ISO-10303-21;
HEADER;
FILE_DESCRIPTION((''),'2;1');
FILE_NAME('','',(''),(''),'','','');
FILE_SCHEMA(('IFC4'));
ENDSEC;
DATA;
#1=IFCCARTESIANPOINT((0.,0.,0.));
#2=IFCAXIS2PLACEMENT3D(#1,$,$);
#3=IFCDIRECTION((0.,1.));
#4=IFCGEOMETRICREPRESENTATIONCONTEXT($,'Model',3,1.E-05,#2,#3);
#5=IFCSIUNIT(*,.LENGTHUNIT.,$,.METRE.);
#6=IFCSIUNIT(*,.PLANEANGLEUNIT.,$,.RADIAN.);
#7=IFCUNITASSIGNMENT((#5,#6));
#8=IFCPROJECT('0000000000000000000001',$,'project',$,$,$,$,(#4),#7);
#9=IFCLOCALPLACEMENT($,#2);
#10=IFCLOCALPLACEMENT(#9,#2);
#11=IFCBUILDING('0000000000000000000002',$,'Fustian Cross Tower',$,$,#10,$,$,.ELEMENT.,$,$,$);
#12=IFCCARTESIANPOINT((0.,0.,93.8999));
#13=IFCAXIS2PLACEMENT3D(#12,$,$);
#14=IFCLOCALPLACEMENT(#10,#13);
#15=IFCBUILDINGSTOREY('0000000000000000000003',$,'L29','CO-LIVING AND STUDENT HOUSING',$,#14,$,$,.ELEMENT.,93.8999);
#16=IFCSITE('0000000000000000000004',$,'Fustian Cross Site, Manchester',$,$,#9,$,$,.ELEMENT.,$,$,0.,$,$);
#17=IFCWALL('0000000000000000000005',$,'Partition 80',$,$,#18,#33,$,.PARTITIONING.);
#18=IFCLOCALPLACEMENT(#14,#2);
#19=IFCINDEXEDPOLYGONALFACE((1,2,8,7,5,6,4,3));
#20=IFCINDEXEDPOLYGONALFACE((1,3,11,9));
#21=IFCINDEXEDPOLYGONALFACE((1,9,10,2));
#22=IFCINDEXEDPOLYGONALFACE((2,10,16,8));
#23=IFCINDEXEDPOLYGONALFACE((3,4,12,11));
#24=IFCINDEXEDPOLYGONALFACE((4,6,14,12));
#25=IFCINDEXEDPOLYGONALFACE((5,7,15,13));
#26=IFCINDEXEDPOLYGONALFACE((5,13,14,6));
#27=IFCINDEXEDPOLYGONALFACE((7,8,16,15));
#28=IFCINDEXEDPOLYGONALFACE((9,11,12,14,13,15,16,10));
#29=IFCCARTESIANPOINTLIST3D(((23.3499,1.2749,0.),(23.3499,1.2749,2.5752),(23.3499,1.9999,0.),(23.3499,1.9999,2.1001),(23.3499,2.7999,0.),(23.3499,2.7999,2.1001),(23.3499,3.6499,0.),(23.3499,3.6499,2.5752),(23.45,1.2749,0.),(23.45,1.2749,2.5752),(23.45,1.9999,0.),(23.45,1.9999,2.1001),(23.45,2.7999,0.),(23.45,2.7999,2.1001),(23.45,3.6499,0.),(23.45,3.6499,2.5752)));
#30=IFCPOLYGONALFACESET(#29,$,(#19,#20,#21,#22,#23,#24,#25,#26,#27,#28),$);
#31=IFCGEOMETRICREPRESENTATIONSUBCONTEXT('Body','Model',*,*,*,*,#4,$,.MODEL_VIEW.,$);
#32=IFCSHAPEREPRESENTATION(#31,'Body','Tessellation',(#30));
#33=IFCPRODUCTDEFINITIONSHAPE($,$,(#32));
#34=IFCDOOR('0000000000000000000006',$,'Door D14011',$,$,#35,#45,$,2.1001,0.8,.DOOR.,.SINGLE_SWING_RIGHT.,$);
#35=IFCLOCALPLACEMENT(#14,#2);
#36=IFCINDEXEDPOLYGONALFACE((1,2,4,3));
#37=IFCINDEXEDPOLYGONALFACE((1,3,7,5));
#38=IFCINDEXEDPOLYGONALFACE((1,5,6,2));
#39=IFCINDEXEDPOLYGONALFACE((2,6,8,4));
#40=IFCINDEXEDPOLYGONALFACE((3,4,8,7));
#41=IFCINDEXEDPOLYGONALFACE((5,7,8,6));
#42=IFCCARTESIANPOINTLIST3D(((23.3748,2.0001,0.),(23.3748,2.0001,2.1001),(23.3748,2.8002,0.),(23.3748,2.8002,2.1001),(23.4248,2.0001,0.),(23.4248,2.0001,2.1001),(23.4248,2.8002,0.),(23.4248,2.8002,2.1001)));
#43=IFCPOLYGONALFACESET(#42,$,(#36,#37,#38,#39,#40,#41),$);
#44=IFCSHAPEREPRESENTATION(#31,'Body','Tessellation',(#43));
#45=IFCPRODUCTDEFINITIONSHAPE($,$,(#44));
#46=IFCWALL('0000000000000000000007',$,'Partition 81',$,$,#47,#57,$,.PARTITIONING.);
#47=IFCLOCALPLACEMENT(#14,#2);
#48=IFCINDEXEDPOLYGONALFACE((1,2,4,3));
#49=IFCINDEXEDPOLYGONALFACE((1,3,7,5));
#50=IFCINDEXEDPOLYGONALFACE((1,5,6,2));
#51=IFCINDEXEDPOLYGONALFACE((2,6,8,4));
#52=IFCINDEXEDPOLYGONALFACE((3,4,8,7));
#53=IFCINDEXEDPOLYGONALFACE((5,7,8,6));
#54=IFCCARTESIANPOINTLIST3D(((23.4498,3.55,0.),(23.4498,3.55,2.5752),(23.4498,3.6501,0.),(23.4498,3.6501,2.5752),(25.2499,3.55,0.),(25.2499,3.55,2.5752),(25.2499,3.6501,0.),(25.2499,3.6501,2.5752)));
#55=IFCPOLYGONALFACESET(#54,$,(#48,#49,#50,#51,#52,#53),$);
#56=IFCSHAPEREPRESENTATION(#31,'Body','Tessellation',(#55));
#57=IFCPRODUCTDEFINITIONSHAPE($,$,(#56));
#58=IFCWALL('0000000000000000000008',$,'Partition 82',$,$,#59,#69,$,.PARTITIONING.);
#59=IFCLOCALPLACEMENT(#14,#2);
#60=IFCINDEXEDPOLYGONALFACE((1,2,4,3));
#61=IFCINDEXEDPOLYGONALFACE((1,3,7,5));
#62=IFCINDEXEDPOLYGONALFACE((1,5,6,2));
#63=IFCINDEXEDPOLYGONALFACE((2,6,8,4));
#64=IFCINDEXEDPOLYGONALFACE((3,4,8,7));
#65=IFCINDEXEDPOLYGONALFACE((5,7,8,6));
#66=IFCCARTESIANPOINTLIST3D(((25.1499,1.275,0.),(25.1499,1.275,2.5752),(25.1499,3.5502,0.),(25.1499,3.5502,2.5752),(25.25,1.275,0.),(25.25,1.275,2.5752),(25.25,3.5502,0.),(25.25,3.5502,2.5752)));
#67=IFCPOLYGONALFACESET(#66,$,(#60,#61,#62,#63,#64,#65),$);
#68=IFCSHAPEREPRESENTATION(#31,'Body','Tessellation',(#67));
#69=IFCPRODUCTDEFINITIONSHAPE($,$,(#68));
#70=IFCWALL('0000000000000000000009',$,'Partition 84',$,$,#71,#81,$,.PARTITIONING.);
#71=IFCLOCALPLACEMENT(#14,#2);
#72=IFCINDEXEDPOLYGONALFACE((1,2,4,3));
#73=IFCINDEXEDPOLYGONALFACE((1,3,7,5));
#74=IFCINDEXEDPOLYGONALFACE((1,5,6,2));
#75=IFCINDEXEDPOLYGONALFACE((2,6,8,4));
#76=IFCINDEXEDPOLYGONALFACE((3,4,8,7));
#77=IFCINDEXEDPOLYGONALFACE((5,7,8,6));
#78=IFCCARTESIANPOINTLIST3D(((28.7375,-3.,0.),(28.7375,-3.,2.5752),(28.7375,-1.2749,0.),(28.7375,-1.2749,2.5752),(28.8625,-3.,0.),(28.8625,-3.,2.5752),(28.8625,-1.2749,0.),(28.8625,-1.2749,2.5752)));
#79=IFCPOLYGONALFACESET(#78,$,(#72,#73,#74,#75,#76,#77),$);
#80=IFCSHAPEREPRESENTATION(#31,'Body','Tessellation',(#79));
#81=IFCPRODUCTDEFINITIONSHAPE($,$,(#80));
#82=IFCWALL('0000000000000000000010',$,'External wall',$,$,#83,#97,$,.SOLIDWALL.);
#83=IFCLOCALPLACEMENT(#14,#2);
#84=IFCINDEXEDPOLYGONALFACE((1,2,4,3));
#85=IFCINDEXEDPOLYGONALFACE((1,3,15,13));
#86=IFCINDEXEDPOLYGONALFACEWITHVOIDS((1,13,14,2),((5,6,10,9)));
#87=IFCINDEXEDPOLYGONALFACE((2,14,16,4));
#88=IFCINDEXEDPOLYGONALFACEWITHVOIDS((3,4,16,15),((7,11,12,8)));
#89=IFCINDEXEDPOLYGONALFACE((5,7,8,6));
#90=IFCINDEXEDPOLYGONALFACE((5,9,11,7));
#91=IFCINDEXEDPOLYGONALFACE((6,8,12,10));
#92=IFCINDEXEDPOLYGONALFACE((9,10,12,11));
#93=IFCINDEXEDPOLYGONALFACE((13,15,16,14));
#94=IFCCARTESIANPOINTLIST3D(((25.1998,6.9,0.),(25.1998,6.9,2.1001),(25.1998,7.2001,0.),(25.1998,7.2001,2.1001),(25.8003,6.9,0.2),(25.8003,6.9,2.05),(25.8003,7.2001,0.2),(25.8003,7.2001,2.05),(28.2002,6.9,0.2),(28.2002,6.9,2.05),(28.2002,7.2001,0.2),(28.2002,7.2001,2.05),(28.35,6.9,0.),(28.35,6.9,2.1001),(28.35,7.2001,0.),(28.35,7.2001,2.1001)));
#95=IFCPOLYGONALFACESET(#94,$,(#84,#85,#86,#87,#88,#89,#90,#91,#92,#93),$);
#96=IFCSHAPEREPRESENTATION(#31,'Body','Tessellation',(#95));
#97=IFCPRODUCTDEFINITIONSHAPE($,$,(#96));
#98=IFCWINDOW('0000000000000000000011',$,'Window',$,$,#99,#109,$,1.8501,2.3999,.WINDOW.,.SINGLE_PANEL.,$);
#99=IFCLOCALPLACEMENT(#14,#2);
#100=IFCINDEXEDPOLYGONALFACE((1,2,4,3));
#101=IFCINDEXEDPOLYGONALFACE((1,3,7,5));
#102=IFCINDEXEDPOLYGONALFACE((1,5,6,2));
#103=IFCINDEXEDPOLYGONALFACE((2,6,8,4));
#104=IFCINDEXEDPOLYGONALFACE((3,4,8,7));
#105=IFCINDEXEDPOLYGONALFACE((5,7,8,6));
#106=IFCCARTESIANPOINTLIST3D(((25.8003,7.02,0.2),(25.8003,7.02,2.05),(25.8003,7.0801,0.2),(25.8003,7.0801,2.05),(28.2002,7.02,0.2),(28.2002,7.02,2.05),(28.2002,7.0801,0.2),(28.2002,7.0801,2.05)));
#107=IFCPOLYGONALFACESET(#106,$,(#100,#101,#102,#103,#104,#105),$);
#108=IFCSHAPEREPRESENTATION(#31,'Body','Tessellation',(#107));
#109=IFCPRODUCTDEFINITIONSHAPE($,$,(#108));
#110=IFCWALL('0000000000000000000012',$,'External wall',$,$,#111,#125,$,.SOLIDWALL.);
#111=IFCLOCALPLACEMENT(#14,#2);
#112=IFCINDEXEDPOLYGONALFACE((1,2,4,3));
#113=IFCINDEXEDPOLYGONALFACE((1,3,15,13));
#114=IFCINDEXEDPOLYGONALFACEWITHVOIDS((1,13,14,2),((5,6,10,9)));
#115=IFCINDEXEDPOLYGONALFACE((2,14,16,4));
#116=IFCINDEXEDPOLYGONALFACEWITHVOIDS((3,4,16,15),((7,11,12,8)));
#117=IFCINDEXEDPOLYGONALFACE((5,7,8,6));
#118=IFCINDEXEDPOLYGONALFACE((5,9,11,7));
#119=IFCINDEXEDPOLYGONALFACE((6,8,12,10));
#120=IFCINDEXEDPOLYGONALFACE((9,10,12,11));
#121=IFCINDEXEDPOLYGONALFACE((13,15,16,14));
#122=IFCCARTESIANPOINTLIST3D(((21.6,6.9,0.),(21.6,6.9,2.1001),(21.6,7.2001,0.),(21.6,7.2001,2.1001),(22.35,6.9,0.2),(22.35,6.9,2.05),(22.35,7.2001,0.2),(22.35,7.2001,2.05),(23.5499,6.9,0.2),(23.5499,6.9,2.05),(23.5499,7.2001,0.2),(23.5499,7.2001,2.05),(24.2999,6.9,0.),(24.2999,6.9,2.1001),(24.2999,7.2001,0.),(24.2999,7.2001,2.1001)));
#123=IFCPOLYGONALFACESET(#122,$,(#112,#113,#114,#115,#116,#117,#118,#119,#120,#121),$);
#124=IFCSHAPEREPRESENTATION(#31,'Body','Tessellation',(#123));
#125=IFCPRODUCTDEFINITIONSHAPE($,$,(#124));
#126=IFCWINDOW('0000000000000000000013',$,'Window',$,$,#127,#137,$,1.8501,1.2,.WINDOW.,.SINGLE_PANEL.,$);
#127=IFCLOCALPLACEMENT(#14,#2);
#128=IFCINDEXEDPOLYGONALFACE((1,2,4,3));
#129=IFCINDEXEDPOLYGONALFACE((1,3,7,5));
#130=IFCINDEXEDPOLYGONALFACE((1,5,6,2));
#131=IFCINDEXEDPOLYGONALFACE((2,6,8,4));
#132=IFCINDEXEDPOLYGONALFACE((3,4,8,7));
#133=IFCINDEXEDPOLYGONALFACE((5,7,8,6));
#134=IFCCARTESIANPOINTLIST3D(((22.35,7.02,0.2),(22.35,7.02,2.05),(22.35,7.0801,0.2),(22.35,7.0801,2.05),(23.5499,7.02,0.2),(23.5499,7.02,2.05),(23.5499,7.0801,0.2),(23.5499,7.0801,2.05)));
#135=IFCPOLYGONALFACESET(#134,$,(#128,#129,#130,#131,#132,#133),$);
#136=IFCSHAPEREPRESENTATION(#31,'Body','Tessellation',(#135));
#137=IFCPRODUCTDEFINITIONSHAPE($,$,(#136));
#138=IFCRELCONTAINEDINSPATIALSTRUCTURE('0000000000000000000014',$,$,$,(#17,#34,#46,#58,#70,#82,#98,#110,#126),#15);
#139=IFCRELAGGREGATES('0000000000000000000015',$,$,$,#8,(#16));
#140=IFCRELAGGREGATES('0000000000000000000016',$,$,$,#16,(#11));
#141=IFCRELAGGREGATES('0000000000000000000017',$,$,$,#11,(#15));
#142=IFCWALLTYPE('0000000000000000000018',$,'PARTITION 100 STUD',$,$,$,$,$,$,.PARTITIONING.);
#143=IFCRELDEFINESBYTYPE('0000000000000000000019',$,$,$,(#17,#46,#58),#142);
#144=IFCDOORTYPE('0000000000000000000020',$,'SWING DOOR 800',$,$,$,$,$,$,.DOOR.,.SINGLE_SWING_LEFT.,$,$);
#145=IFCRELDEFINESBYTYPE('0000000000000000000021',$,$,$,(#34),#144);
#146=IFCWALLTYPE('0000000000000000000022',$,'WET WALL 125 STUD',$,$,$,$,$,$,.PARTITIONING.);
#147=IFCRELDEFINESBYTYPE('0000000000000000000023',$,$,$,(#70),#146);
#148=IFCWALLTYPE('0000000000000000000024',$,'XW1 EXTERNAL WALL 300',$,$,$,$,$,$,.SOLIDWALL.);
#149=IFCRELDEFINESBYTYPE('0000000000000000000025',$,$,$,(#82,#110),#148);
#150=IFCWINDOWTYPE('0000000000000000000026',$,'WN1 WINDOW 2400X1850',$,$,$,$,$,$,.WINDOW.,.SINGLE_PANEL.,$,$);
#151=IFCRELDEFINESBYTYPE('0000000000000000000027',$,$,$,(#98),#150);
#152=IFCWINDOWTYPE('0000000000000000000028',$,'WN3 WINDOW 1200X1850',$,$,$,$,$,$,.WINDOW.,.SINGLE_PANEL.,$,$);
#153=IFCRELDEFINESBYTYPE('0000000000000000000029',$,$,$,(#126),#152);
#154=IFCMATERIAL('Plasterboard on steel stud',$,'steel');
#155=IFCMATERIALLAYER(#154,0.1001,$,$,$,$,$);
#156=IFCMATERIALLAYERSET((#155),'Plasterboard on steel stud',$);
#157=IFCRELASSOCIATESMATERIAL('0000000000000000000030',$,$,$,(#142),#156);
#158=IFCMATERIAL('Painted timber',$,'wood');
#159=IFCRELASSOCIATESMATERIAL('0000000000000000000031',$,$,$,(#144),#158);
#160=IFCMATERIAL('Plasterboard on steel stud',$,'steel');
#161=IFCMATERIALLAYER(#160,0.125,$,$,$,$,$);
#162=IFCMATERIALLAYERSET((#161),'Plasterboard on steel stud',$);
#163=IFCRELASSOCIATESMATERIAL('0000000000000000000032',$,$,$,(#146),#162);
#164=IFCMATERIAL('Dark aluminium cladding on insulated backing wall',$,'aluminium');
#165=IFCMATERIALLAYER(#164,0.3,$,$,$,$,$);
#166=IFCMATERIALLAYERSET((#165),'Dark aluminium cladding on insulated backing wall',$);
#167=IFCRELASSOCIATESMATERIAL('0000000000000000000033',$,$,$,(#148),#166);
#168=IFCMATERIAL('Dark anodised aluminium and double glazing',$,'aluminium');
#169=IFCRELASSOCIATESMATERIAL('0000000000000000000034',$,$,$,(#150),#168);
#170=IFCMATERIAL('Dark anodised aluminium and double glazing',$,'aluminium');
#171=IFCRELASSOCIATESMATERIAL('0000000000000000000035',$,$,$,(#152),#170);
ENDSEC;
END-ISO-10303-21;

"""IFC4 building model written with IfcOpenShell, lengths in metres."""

from ifc_helpers import new_model, si_unit, direction, frame, frame_2d, origin, place, context, subcontext, project, spatial, rectangle, extrude, material, layer, layer_set, type_object, element, fill, save


model = new_model("IFC4")

# Units and contexts
model_context = context("Model", 3, precision=1e-05, world=origin(), true_north=direction((0.0, 1.0)))
body_context = subcontext(model_context, "Body", "Model", "MODEL_VIEW")
ifc_project = project(units=[si_unit("LENGTHUNIT", "METRE"), si_unit("PLANEANGLEUNIT", "RADIAN")], contexts=[model_context])

# Site, building, storey
site_placement = place(None, origin())
site = spatial("IfcSite", under=ifc_project, at=site_placement, Name="Fustian Cross Site, Manchester", CompositionType="ELEMENT", RefElevation=0.0)
building_placement = place(site_placement, origin())
building = spatial("IfcBuilding", under=site, at=building_placement, Name="Fustian Cross Tower", CompositionType="ELEMENT")
storey_placement = place(building_placement, frame((0.0, 0.0, 93.8999)))
storey = spatial("IfcBuildingStorey", under=building, at=storey_placement, Name="L29", Description="CO-LIVING AND STUDENT HOUSING", CompositionType="ELEMENT", Elevation=93.8999)

# Wall, opening, door
ifc_material_1 = material(Name="Plasterboard on steel stud", Category="steel")
ifc_layer_1 = layer(ifc_material_1, 0.1001)
ifc_layer_set_1 = layer_set([ifc_layer_1], Name="Plasterboard on steel stud")
wall_type_1 = type_object("IfcWallType", Name="PARTITION 100 STUD", PredefinedType="PARTITIONING", material=ifc_layer_set_1)
wall_1_placement = place(storey_placement, frame((23.3999, 1.2749, 0.0), z_axis=(0.0, 0.0, 1.0), x_axis=(0.0, 1.0, 0.0)))
wall_1 = element("IfcWall", 1, at=wall_1_placement, inside=storey, type_object=wall_type_1, Name="Partition 80", PredefinedType="PARTITIONING", context=body_context, shape_type="SweptSolid", body=[
    extrude(rectangle(XDim=2.375, YDim=0.1001, at=frame_2d((1.1875, 0.0))), origin(), (0.0, 0.0, 1.0), 2.5752),
])
opening_1_placement = place(wall_1_placement, frame((0.7251, 0.0, 0.0)))
opening_1 = element("IfcOpeningElement", 2, at=opening_1_placement, cuts=wall_1, PredefinedType="OPENING", context=body_context, shape_type="SweptSolid", body=[
    extrude(rectangle(XDim=0.8, YDim=2.1001, at=frame_2d((0.3999, 1.05))), frame((0.0, 0.0601, 0.0), z_axis=(0.0, -1.0, 0.0), x_axis=(1.0, 0.0, 0.0)), (0.0, 0.0, 1.0), 0.1201),
])
ifc_material_2 = material(Name="Painted timber", Category="wood")
door_type_1 = type_object("IfcDoorType", Name="SWING DOOR 800", OperationType="SINGLE_SWING_LEFT", PredefinedType="DOOR", material=ifc_material_2)
door_1_placement = place(opening_1_placement, frame((0.8, 0.0, 0.0), z_axis=(0.0, 0.0, 1.0), x_axis=(-1.0, 0.0, 0.0)))
door_1 = element("IfcDoor", 3, at=door_1_placement, inside=storey, type_object=door_type_1, Name="Door D14011", OperationType="SINGLE_SWING_RIGHT", OverallHeight=2.1001, OverallWidth=0.8, PredefinedType="DOOR", context=body_context, shape_type="SweptSolid", body=[
    extrude(rectangle(XDim=0.8, YDim=2.1001, at=frame_2d((0.3999, 1.05))), frame((0.0, 0.0249, 0.0), z_axis=(0.0, -1.0, 0.0), x_axis=(1.0, 0.0, 0.0)), (0.0, 0.0, 1.0), 0.05),
])
fill(opening_1, door_1)

# Walls
wall_2_placement = place(storey_placement, frame((23.45, 3.6001, 0.0), z_axis=(0.0, 0.0, 1.0), x_axis=(1.0, 0.0, 0.0)))
element("IfcWall", 4, at=wall_2_placement, inside=storey, type_object=wall_type_1, Name="Partition 81", PredefinedType="PARTITIONING", context=body_context, shape_type="SweptSolid", body=[
    extrude(rectangle(XDim=1.8, YDim=0.1001, at=frame_2d((0.8999, 0.0))), origin(), (0.0, 0.0, 1.0), 2.5752),
])
wall_3_placement = place(storey_placement, frame((25.2, 1.2749, 0.0), z_axis=(0.0, 0.0, 1.0), x_axis=(0.0, 1.0, 0.0)))
element("IfcWall", 5, at=wall_3_placement, inside=storey, type_object=wall_type_1, Name="Partition 82", PredefinedType="PARTITIONING", context=body_context, shape_type="SweptSolid", body=[
    extrude(rectangle(XDim=2.2751, YDim=0.1001, at=frame_2d((1.1377, 0.0))), origin(), (0.0, 0.0, 1.0), 2.5752),
])
ifc_material_3 = material(Name="Plasterboard on steel stud", Category="steel")
ifc_layer_2 = layer(ifc_material_3, 0.125)
ifc_layer_set_2 = layer_set([ifc_layer_2], Name="Plasterboard on steel stud")
wall_type_2 = type_object("IfcWallType", Name="WET WALL 125 STUD", PredefinedType="PARTITIONING", material=ifc_layer_set_2)
wall_4_placement = place(storey_placement, frame((28.8, -3.0, 0.0), z_axis=(0.0, 0.0, 1.0), x_axis=(0.0, 1.0, 0.0)))
element("IfcWall", 6, at=wall_4_placement, inside=storey, type_object=wall_type_2, Name="Partition 84", PredefinedType="PARTITIONING", context=body_context, shape_type="SweptSolid", body=[
    extrude(rectangle(XDim=1.7251, YDim=0.125, at=frame_2d((0.8625, 0.0))), origin(), (0.0, 0.0, 1.0), 2.5752),
])

# Walls, openings, windows
ifc_material_4 = material(Name="Dark aluminium cladding on insulated backing wall", Category="aluminium")
ifc_layer_3 = layer(ifc_material_4, 0.3)
ifc_layer_set_3 = layer_set([ifc_layer_3], Name="Dark aluminium cladding on insulated backing wall")
wall_type_3 = type_object("IfcWallType", Name="XW1 EXTERNAL WALL 300", PredefinedType="SOLIDWALL", material=ifc_layer_set_3)
wall_5_placement = place(storey_placement, frame((28.3501, 7.05, 0.0), z_axis=(0.0, 0.0, 1.0), x_axis=(-1.0, 0.0, 0.0)))
wall_5 = element("IfcWall", 7, at=wall_5_placement, inside=storey, type_object=wall_type_3, Name="External wall", PredefinedType="SOLIDWALL", context=body_context, shape_type="SweptSolid", body=[
    extrude(rectangle(XDim=3.1501, YDim=0.3, at=frame_2d((1.5752, 0.0))), origin(), (0.0, 0.0, 1.0), 2.1001),
])
opening_2_placement = place(wall_5_placement, frame((0.1499, 0.0, 0.2)))
opening_2 = element("IfcOpeningElement", 8, at=opening_2_placement, cuts=wall_5, PredefinedType="OPENING", context=body_context, shape_type="SweptSolid", body=[
    extrude(rectangle(XDim=2.3999, YDim=1.8501, at=frame_2d((1.2, 0.925))), frame((0.0, 0.1599, 0.0), z_axis=(0.0, -1.0, 0.0), x_axis=(1.0, 0.0, 0.0)), (0.0, 0.0, 1.0), 0.3201),
])
ifc_material_5 = material(Name="Dark anodised aluminium and double glazing", Category="aluminium")
window_type_1 = type_object("IfcWindowType", Name="WN1 WINDOW 2400X1850", PartitioningType="SINGLE_PANEL", PredefinedType="WINDOW", material=ifc_material_5)
window_1_placement = place(opening_2_placement, origin())
window_1 = element("IfcWindow", 9, at=window_1_placement, inside=storey, type_object=window_type_1, Name="Window", OverallHeight=1.8501, OverallWidth=2.3999, PartitioningType="SINGLE_PANEL", PredefinedType="WINDOW", context=body_context, shape_type="SweptSolid", body=[
    extrude(rectangle(XDim=2.3999, YDim=1.8501, at=frame_2d((1.2, 0.925))), frame((0.0, 0.03, 0.0), z_axis=(0.0, -1.0, 0.0), x_axis=(1.0, 0.0, 0.0)), (0.0, 0.0, 1.0), 0.0601),
])
fill(opening_2, window_1)
wall_6_placement = place(storey_placement, frame((24.3, 7.05, 0.0), z_axis=(0.0, 0.0, 1.0), x_axis=(-1.0, 0.0, 0.0)))
wall_6 = element("IfcWall", 10, at=wall_6_placement, inside=storey, type_object=wall_type_3, Name="External wall", PredefinedType="SOLIDWALL", context=body_context, shape_type="SweptSolid", body=[
    extrude(rectangle(XDim=2.7, YDim=0.3, at=frame_2d((1.3501, 0.0))), origin(), (0.0, 0.0, 1.0), 2.1001),
])
opening_3_placement = place(wall_6_placement, frame((0.75, 0.0, 0.2)))
opening_3 = element("IfcOpeningElement", 11, at=opening_3_placement, cuts=wall_6, PredefinedType="OPENING", context=body_context, shape_type="SweptSolid", body=[
    extrude(rectangle(XDim=1.2, YDim=1.8501, at=frame_2d((0.6001, 0.925))), frame((0.0, 0.1599, 0.0), z_axis=(0.0, -1.0, 0.0), x_axis=(1.0, 0.0, 0.0)), (0.0, 0.0, 1.0), 0.3201),
])
ifc_material_6 = material(Name="Dark anodised aluminium and double glazing", Category="aluminium")
window_type_2 = type_object("IfcWindowType", Name="WN3 WINDOW 1200X1850", PartitioningType="SINGLE_PANEL", PredefinedType="WINDOW", material=ifc_material_6)
window_2_placement = place(opening_3_placement, origin())
window_2 = element("IfcWindow", 12, at=window_2_placement, inside=storey, type_object=window_type_2, Name="Window", OverallHeight=1.8501, OverallWidth=1.2, PartitioningType="SINGLE_PANEL", PredefinedType="WINDOW", context=body_context, shape_type="SweptSolid", body=[
    extrude(rectangle(XDim=1.2, YDim=1.8501, at=frame_2d((0.6001, 0.925))), frame((0.0, 0.03, 0.0), z_axis=(0.0, -1.0, 0.0), x_axis=(1.0, 0.0, 0.0)), (0.0, 0.0, 1.0), 0.0601),
])
fill(opening_3, window_2)

save(model, "model.ifc")
